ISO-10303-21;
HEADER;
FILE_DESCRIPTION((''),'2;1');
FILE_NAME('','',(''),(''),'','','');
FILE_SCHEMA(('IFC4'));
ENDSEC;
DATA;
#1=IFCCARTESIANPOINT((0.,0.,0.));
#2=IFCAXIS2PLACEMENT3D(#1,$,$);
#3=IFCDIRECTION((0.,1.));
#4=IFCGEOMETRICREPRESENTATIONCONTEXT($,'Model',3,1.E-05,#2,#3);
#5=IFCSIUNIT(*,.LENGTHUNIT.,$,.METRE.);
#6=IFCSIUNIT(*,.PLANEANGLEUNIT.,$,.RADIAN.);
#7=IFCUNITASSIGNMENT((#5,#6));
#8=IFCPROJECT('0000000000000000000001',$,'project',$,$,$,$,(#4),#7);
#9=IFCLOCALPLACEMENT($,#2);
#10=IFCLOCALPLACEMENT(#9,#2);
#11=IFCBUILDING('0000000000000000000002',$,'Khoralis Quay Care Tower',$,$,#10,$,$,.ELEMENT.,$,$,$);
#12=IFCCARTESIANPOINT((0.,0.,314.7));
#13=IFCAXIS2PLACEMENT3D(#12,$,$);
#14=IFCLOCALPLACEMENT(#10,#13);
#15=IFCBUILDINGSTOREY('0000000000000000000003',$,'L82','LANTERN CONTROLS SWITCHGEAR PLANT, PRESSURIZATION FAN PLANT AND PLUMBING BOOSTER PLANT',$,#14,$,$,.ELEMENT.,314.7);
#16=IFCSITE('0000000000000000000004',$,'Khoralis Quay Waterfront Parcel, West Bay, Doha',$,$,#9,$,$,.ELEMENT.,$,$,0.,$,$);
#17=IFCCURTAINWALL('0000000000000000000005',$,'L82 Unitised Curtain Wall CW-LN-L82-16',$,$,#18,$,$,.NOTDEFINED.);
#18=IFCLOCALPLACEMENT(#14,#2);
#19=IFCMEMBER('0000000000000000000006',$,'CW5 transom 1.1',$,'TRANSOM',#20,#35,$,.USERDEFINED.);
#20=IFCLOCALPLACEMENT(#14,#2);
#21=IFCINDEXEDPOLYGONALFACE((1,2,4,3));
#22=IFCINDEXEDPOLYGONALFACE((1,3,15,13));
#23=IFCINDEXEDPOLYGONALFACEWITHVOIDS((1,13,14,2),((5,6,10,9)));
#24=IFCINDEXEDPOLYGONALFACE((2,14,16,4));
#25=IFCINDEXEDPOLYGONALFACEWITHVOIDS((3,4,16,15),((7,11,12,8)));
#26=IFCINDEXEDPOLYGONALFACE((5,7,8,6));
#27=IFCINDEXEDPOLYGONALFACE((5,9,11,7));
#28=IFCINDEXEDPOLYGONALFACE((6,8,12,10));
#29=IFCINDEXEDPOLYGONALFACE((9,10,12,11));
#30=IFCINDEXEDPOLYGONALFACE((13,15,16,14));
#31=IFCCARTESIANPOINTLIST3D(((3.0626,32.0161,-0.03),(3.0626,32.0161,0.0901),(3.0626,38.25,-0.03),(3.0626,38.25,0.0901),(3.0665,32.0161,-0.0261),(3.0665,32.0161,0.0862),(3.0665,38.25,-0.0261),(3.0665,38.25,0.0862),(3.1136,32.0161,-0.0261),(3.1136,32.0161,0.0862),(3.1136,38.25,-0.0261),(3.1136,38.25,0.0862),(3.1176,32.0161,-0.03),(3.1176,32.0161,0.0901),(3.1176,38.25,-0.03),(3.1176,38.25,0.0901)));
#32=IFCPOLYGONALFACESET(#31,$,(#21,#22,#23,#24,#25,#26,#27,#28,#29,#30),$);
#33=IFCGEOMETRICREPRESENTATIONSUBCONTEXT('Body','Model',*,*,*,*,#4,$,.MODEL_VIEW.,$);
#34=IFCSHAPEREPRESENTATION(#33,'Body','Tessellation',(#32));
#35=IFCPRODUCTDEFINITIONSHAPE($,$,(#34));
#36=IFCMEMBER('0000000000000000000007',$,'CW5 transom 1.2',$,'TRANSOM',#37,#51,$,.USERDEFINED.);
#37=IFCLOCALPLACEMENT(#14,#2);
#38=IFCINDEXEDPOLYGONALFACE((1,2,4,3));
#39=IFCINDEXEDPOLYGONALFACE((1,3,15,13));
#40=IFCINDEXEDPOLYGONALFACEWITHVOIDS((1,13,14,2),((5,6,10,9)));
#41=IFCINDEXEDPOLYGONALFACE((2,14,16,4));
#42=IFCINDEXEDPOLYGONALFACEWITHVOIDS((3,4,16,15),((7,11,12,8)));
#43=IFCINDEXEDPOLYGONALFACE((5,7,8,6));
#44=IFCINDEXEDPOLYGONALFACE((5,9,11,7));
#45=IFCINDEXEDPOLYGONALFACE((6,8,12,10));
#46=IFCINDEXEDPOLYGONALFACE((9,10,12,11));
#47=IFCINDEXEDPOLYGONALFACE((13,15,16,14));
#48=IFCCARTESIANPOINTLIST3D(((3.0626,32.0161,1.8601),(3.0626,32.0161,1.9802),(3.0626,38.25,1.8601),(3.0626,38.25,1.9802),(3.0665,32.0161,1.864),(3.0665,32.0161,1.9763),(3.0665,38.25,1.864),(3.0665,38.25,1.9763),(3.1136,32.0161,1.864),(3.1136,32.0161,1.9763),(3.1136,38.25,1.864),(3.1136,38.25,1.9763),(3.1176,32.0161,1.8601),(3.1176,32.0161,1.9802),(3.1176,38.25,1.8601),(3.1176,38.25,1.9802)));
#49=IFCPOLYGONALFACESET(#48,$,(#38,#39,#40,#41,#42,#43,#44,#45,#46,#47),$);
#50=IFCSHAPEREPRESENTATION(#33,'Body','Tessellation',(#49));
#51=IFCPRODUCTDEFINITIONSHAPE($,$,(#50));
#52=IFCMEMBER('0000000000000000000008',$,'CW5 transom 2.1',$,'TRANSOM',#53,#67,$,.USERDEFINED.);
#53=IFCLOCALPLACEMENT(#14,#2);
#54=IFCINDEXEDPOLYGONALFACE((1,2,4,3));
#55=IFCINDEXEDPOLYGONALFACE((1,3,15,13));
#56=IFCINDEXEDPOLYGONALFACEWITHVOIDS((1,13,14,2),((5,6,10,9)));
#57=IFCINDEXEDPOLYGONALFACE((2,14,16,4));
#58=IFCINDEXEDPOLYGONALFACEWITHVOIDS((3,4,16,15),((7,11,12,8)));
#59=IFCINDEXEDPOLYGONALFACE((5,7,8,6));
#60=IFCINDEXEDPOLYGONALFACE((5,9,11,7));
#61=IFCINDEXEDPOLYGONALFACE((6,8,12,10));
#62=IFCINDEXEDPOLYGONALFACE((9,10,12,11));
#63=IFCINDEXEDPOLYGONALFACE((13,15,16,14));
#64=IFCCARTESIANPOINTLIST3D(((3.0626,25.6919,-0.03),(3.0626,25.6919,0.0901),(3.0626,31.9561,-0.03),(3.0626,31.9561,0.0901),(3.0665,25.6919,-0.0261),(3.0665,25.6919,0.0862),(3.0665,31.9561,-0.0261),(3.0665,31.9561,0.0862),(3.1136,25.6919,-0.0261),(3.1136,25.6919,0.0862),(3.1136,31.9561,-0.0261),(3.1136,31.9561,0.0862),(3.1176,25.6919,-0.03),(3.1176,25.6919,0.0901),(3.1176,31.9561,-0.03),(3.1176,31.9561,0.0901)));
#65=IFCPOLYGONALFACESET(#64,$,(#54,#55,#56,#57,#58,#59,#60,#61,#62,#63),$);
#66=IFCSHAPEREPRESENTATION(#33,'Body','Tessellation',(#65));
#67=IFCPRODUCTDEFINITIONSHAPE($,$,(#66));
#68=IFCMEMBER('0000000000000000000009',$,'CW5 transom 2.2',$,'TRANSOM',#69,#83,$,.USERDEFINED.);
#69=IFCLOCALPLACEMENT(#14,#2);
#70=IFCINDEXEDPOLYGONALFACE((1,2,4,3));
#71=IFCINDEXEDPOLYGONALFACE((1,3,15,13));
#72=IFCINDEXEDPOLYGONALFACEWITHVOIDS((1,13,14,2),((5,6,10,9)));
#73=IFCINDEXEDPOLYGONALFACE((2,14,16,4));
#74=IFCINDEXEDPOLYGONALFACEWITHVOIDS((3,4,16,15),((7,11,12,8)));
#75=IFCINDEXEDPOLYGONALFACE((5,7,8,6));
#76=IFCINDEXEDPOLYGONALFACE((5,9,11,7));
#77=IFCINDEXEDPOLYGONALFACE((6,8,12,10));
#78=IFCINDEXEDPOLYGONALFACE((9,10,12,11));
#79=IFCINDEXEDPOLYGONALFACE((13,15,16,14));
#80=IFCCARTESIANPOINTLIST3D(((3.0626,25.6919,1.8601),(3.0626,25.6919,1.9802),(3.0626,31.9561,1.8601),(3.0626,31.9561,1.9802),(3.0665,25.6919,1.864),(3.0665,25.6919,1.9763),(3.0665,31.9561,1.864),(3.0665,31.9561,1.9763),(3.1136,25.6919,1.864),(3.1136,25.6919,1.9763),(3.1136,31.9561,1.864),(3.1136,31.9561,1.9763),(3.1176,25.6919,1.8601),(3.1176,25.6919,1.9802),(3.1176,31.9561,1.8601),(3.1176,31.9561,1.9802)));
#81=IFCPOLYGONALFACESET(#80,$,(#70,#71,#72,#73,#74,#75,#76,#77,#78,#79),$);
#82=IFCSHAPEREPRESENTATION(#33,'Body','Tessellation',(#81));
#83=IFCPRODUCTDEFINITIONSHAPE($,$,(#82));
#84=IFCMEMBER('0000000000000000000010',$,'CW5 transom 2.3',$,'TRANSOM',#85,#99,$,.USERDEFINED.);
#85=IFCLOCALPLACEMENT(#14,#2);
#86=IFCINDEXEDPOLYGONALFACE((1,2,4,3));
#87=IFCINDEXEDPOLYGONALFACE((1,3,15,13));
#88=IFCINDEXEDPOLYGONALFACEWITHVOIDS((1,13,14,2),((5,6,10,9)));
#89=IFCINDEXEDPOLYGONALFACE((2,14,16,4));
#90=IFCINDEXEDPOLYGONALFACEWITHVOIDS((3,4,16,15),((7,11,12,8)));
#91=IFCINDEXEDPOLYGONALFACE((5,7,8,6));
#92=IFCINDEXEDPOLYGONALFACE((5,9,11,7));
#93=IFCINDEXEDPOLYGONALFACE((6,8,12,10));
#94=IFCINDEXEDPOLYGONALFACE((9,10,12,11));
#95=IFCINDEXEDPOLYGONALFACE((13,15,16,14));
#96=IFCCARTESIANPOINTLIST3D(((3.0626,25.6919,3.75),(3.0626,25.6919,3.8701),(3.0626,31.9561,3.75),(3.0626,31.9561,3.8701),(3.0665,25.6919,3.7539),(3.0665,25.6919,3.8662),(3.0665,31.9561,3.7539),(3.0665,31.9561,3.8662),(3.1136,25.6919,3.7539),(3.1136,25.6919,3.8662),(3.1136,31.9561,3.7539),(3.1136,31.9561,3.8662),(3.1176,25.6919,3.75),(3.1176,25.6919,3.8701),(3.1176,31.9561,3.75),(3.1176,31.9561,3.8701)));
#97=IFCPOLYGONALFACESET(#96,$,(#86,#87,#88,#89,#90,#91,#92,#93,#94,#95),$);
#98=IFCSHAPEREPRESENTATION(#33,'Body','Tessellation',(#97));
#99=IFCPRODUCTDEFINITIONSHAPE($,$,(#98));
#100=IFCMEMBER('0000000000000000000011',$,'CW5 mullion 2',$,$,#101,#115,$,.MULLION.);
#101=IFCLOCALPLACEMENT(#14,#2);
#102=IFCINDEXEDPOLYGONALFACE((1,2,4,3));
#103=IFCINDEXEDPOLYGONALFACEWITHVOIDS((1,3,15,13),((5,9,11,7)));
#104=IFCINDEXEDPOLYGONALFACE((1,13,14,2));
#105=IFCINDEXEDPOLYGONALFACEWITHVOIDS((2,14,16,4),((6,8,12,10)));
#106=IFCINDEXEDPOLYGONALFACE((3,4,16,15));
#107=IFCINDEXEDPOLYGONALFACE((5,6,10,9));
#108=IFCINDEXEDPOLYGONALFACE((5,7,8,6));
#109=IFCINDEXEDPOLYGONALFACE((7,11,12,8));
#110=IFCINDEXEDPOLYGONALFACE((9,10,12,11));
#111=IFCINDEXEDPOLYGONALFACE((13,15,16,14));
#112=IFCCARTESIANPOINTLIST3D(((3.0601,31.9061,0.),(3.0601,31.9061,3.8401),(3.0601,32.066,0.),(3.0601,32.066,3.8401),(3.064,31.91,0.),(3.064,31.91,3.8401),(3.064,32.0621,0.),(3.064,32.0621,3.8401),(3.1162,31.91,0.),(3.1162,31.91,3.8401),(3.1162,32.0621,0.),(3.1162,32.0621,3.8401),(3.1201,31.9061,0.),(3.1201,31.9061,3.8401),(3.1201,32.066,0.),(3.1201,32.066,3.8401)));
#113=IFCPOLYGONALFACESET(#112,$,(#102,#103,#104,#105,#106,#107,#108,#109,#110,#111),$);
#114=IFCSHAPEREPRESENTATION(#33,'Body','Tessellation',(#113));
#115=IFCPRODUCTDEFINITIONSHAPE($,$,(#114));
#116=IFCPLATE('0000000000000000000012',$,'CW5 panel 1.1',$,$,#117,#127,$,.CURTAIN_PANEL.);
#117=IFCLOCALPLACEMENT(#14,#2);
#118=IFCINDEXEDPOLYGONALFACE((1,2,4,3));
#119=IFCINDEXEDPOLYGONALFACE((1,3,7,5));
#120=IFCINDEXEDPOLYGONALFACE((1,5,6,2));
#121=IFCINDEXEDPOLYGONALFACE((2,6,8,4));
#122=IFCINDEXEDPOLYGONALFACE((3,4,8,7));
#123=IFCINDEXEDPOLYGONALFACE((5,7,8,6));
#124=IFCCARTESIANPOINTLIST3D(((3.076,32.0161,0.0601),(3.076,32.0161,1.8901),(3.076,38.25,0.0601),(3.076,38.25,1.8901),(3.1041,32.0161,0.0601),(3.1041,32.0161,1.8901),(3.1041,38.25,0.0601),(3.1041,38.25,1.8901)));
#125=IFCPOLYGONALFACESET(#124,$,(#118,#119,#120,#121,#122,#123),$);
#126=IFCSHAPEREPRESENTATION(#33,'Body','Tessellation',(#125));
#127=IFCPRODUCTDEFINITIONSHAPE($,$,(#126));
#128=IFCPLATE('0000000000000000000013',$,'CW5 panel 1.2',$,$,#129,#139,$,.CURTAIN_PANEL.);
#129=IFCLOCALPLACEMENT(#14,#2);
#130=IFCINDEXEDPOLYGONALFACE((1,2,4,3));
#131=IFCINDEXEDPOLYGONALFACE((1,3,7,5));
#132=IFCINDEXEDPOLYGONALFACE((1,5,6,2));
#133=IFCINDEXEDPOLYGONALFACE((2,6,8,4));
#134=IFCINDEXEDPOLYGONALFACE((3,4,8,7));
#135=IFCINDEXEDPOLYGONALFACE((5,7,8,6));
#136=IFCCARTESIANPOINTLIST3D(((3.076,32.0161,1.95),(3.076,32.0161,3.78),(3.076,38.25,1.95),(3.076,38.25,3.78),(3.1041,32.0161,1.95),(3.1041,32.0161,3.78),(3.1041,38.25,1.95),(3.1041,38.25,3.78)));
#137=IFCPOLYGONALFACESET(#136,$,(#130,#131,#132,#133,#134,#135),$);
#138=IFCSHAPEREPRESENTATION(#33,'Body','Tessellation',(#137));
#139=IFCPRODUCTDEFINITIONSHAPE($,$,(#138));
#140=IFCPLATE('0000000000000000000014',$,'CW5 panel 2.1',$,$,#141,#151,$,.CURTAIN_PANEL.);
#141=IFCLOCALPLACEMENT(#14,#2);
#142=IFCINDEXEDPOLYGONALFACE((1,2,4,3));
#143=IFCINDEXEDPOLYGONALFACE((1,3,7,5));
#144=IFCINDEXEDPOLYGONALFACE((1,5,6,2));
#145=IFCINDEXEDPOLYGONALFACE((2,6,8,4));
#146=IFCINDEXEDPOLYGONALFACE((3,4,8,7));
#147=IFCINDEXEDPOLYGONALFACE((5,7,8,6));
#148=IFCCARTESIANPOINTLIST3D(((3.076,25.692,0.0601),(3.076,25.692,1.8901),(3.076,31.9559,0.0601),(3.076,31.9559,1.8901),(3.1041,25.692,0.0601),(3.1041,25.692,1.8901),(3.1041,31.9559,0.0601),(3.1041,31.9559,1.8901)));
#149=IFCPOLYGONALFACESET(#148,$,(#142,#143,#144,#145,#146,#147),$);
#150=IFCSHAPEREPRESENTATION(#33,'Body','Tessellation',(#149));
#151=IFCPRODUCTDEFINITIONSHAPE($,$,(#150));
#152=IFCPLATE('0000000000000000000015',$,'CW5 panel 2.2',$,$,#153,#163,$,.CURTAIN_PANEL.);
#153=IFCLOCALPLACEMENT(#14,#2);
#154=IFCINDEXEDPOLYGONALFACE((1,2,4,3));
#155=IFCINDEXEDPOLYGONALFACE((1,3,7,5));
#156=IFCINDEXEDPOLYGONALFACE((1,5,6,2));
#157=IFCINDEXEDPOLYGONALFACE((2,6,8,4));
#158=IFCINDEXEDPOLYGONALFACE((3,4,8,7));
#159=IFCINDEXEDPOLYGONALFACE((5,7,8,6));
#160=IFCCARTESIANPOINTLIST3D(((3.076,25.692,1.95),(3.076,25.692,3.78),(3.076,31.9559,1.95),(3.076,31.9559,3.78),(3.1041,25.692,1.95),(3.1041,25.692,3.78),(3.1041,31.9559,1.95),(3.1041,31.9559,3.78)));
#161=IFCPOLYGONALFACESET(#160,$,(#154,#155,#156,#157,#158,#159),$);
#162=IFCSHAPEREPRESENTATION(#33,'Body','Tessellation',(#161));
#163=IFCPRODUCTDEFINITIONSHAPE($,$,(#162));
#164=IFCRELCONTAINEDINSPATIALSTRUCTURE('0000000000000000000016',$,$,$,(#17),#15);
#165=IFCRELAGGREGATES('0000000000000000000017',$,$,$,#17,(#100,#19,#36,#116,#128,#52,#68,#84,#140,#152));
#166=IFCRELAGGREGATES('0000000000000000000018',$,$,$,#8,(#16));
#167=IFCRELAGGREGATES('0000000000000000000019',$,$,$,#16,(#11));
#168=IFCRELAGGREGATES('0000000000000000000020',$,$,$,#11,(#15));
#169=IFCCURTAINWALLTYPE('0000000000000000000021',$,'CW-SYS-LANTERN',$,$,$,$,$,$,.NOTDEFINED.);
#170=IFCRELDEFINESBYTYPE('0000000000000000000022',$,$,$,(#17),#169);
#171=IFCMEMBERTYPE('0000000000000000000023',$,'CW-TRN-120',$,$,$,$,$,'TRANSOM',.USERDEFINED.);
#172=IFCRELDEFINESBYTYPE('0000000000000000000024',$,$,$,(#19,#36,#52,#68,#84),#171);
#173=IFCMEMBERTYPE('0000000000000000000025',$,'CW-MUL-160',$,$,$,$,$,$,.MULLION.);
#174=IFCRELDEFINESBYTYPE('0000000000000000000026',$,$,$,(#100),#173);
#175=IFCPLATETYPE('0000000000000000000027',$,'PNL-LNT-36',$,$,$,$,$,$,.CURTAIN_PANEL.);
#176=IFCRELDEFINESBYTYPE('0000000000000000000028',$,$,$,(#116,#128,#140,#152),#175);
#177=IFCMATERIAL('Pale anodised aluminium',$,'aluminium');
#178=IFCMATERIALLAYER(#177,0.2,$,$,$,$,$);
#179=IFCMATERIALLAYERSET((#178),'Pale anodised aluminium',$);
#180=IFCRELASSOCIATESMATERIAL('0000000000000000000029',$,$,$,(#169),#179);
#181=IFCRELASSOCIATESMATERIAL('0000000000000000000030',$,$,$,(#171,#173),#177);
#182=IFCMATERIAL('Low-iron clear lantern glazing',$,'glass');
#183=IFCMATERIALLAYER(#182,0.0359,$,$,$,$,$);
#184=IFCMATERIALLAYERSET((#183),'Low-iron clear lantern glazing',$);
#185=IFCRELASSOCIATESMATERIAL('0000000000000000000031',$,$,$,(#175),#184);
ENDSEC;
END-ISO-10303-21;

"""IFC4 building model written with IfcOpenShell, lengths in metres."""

from ifc_helpers import new_model, si_unit, direction, frame, origin, origin_2d, place, context, subcontext, project, spatial, rectangle, hollow_rectangle, extrude, source, transform, mapped, material, layer, layer_set, material_profile, profile_set, type_object, element, aggregate, save


model = new_model("IFC4")

# Units and contexts
model_context = context("Model", 3, precision=1e-05, world=origin(), true_north=direction((0.0, 1.0)))
body_context = subcontext(model_context, "Body", "Model", "MODEL_VIEW")
ifc_project = project(units=[si_unit("LENGTHUNIT", "METRE"), si_unit("PLANEANGLEUNIT", "RADIAN")], contexts=[model_context])

# Site, building, storey
site_placement = place(None, origin())
site = spatial("IfcSite", under=ifc_project, at=site_placement, Name="Khoralis Quay Waterfront Parcel, West Bay, Doha", CompositionType="ELEMENT", RefElevation=0.0)
building_placement = place(site_placement, origin())
building = spatial("IfcBuilding", under=site, at=building_placement, Name="Khoralis Quay Care Tower", CompositionType="ELEMENT")
storey_placement = place(building_placement, frame((0.0, 0.0, 314.7)))
storey = spatial("IfcBuildingStorey", under=building, at=storey_placement, Name="L82", Description="LANTERN CONTROLS SWITCHGEAR PLANT, PRESSURIZATION FAN PLANT AND PLUMBING BOOSTER PLANT", CompositionType="ELEMENT", Elevation=314.7)

# Curtain wall, members, plates
ifc_material_1 = material(Name="Pale anodised aluminium", Category="aluminium")
ifc_layer_1 = layer(ifc_material_1, 0.2)
ifc_layer_set_1 = layer_set([ifc_layer_1], Name="Pale anodised aluminium")
curtain_wall_type = type_object("IfcCurtainWallType", Name="CW-SYS-LANTERN", PredefinedType="NOTDEFINED", material=ifc_layer_set_1)
curtain_wall_placement = place(storey_placement, origin())
curtain_wall = element("IfcCurtainWall", 1, at=curtain_wall_placement, inside=storey, type_object=curtain_wall_type, Name="L82 Unitised Curtain Wall CW-LN-L82-16", PredefinedType="NOTDEFINED")
ifc_material_profile_1 = material_profile(ifc_material_1, hollow_rectangle(XDim=0.0549, YDim=0.1201, WallThickness=0.0039, at=origin_2d()), Name="Pale anodised aluminium")
ifc_profile_set_1 = profile_set([ifc_material_profile_1], Name="Pale anodised aluminium")
member_type_1 = type_object("IfcMemberType", Name="CW-TRN-120", ElementType="TRANSOM", PredefinedType="USERDEFINED", material=ifc_profile_set_1)
shared_shape_1 = source(origin(), body_context, "Body", "SweptSolid", [
    extrude(hollow_rectangle(XDim=0.0549, YDim=0.1201, WallThickness=0.0039, at=origin_2d()), origin(), (0.0, 0.0, 1.0), 6.2339),
])
member_1_placement = place(storey_placement, frame((3.0901, 38.25, 0.03), z_axis=(0.0, -1.0, 0.0), x_axis=(1.0, 0.0, 0.0)))
member_1 = element("IfcMember", 2, at=member_1_placement, type_object=member_type_1, Name="CW5 transom 1.1", ObjectType="TRANSOM", PredefinedType="USERDEFINED", context=body_context, shape_type="MappedRepresentation", body=[
    mapped(shared_shape_1, transform((0.0, 0.0, 0.0), scale=1.0)),
])
member_2_placement = place(storey_placement, frame((3.0901, 38.25, 1.9202), z_axis=(0.0, -1.0, 0.0), x_axis=(1.0, 0.0, 0.0)))
member_2 = element("IfcMember", 3, at=member_2_placement, type_object=member_type_1, Name="CW5 transom 1.2", ObjectType="TRANSOM", PredefinedType="USERDEFINED", context=body_context, shape_type="MappedRepresentation", body=[
    mapped(shared_shape_1, transform((0.0, 0.0, 0.0), scale=1.0)),
])
shared_shape_2 = source(origin(), body_context, "Body", "SweptSolid", [
    extrude(hollow_rectangle(XDim=0.0549, YDim=0.1201, WallThickness=0.0039, at=origin_2d()), origin(), (0.0, 0.0, 1.0), 6.2642),
])
member_3_placement = place(storey_placement, frame((3.0901, 31.9561, 0.03), z_axis=(0.0, -1.0, 0.0), x_axis=(1.0, 0.0, 0.0)))
member_3 = element("IfcMember", 4, at=member_3_placement, type_object=member_type_1, Name="CW5 transom 2.1", ObjectType="TRANSOM", PredefinedType="USERDEFINED", context=body_context, shape_type="MappedRepresentation", body=[
    mapped(shared_shape_2, transform((0.0, 0.0, 0.0), scale=1.0)),
])
member_4_placement = place(storey_placement, frame((3.0901, 31.9561, 1.9202), z_axis=(0.0, -1.0, 0.0), x_axis=(1.0, 0.0, 0.0)))
member_4 = element("IfcMember", 5, at=member_4_placement, type_object=member_type_1, Name="CW5 transom 2.2", ObjectType="TRANSOM", PredefinedType="USERDEFINED", context=body_context, shape_type="MappedRepresentation", body=[
    mapped(shared_shape_2, transform((0.0, 0.0, 0.0), scale=1.0)),
])
member_5_placement = place(storey_placement, frame((3.0901, 31.9561, 3.8101), z_axis=(0.0, -1.0, 0.0), x_axis=(1.0, 0.0, 0.0)))
member_5 = element("IfcMember", 6, at=member_5_placement, type_object=member_type_1, Name="CW5 transom 2.3", ObjectType="TRANSOM", PredefinedType="USERDEFINED", context=body_context, shape_type="MappedRepresentation", body=[
    mapped(shared_shape_2, transform((0.0, 0.0, 0.0), scale=1.0)),
])
ifc_material_profile_2 = material_profile(ifc_material_1, hollow_rectangle(XDim=0.0601, YDim=0.1599, WallThickness=0.0039, at=origin_2d()), Name="Pale anodised aluminium")
ifc_profile_set_2 = profile_set([ifc_material_profile_2], Name="Pale anodised aluminium")
member_type_2 = type_object("IfcMemberType", Name="CW-MUL-160", PredefinedType="MULLION", material=ifc_profile_set_2)
shared_shape_3 = source(origin(), body_context, "Body", "SweptSolid", [
    extrude(hollow_rectangle(XDim=0.0601, YDim=0.1599, WallThickness=0.0039, at=origin_2d()), origin(), (0.0, 0.0, 1.0), 3.8401),
])
member_6_placement = place(storey_placement, frame((3.0901, 31.9861, 0.0), z_axis=(0.0, 0.0, 1.0), x_axis=(1.0, 0.0, 0.0)))
member_6 = element("IfcMember", 7, at=member_6_placement, type_object=member_type_2, Name="CW5 mullion 2", PredefinedType="MULLION", context=body_context, shape_type="MappedRepresentation", body=[
    mapped(shared_shape_3, transform((0.0, 0.0, 0.0), scale=1.0)),
])
ifc_material_2 = material(Name="Low-iron clear lantern glazing", Category="glass")
ifc_layer_2 = layer(ifc_material_2, 0.0359)
ifc_layer_set_2 = layer_set([ifc_layer_2], Name="Low-iron clear lantern glazing")
plate_type = type_object("IfcPlateType", Name="PNL-LNT-36", PredefinedType="CURTAIN_PANEL", material=ifc_layer_set_2)
shared_shape_4 = source(origin(), body_context, "Body", "SweptSolid", [
    extrude(rectangle(XDim=6.2339, YDim=0.0281, at=origin_2d()), origin(), (0.0, 0.0, 1.0), 1.8301),
])
plate_1_placement = place(storey_placement, frame((3.0901, 35.1331, 0.0601), z_axis=(0.0, 0.0, 1.0), x_axis=(0.0, -1.0, 0.0)))
plate_1 = element("IfcPlate", 8, at=plate_1_placement, type_object=plate_type, Name="CW5 panel 1.1", PredefinedType="CURTAIN_PANEL", context=body_context, shape_type="MappedRepresentation", body=[
    mapped(shared_shape_4, transform((0.0, 0.0, 0.0), scale=1.0)),
])
plate_2_placement = place(storey_placement, frame((3.0901, 35.1331, 1.95), z_axis=(0.0, 0.0, 1.0), x_axis=(0.0, -1.0, 0.0)))
plate_2 = element("IfcPlate", 9, at=plate_2_placement, type_object=plate_type, Name="CW5 panel 1.2", PredefinedType="CURTAIN_PANEL", context=body_context, shape_type="MappedRepresentation", body=[
    mapped(shared_shape_4, transform((0.0, 0.0, 0.0), scale=1.0)),
])
shared_shape_5 = source(origin(), body_context, "Body", "SweptSolid", [
    extrude(rectangle(XDim=6.2639, YDim=0.0281, at=origin_2d()), origin(), (0.0, 0.0, 1.0), 1.8301),
])
plate_3_placement = place(storey_placement, frame((3.0901, 28.824, 0.0601), z_axis=(0.0, 0.0, 1.0), x_axis=(0.0, -1.0, 0.0)))
plate_3 = element("IfcPlate", 10, at=plate_3_placement, type_object=plate_type, Name="CW5 panel 2.1", PredefinedType="CURTAIN_PANEL", context=body_context, shape_type="MappedRepresentation", body=[
    mapped(shared_shape_5, transform((0.0, 0.0, 0.0), scale=1.0)),
])
plate_4_placement = place(storey_placement, frame((3.0901, 28.824, 1.95), z_axis=(0.0, 0.0, 1.0), x_axis=(0.0, -1.0, 0.0)))
plate_4 = element("IfcPlate", 11, at=plate_4_placement, type_object=plate_type, Name="CW5 panel 2.2", PredefinedType="CURTAIN_PANEL", context=body_context, shape_type="MappedRepresentation", body=[
    mapped(shared_shape_5, transform((0.0, 0.0, 0.0), scale=1.0)),
])
aggregate(curtain_wall, [member_6, member_1, member_2, plate_1, plate_2, member_3, member_4, member_5, plate_3, plate_4])

save(model, "model.ifc")
